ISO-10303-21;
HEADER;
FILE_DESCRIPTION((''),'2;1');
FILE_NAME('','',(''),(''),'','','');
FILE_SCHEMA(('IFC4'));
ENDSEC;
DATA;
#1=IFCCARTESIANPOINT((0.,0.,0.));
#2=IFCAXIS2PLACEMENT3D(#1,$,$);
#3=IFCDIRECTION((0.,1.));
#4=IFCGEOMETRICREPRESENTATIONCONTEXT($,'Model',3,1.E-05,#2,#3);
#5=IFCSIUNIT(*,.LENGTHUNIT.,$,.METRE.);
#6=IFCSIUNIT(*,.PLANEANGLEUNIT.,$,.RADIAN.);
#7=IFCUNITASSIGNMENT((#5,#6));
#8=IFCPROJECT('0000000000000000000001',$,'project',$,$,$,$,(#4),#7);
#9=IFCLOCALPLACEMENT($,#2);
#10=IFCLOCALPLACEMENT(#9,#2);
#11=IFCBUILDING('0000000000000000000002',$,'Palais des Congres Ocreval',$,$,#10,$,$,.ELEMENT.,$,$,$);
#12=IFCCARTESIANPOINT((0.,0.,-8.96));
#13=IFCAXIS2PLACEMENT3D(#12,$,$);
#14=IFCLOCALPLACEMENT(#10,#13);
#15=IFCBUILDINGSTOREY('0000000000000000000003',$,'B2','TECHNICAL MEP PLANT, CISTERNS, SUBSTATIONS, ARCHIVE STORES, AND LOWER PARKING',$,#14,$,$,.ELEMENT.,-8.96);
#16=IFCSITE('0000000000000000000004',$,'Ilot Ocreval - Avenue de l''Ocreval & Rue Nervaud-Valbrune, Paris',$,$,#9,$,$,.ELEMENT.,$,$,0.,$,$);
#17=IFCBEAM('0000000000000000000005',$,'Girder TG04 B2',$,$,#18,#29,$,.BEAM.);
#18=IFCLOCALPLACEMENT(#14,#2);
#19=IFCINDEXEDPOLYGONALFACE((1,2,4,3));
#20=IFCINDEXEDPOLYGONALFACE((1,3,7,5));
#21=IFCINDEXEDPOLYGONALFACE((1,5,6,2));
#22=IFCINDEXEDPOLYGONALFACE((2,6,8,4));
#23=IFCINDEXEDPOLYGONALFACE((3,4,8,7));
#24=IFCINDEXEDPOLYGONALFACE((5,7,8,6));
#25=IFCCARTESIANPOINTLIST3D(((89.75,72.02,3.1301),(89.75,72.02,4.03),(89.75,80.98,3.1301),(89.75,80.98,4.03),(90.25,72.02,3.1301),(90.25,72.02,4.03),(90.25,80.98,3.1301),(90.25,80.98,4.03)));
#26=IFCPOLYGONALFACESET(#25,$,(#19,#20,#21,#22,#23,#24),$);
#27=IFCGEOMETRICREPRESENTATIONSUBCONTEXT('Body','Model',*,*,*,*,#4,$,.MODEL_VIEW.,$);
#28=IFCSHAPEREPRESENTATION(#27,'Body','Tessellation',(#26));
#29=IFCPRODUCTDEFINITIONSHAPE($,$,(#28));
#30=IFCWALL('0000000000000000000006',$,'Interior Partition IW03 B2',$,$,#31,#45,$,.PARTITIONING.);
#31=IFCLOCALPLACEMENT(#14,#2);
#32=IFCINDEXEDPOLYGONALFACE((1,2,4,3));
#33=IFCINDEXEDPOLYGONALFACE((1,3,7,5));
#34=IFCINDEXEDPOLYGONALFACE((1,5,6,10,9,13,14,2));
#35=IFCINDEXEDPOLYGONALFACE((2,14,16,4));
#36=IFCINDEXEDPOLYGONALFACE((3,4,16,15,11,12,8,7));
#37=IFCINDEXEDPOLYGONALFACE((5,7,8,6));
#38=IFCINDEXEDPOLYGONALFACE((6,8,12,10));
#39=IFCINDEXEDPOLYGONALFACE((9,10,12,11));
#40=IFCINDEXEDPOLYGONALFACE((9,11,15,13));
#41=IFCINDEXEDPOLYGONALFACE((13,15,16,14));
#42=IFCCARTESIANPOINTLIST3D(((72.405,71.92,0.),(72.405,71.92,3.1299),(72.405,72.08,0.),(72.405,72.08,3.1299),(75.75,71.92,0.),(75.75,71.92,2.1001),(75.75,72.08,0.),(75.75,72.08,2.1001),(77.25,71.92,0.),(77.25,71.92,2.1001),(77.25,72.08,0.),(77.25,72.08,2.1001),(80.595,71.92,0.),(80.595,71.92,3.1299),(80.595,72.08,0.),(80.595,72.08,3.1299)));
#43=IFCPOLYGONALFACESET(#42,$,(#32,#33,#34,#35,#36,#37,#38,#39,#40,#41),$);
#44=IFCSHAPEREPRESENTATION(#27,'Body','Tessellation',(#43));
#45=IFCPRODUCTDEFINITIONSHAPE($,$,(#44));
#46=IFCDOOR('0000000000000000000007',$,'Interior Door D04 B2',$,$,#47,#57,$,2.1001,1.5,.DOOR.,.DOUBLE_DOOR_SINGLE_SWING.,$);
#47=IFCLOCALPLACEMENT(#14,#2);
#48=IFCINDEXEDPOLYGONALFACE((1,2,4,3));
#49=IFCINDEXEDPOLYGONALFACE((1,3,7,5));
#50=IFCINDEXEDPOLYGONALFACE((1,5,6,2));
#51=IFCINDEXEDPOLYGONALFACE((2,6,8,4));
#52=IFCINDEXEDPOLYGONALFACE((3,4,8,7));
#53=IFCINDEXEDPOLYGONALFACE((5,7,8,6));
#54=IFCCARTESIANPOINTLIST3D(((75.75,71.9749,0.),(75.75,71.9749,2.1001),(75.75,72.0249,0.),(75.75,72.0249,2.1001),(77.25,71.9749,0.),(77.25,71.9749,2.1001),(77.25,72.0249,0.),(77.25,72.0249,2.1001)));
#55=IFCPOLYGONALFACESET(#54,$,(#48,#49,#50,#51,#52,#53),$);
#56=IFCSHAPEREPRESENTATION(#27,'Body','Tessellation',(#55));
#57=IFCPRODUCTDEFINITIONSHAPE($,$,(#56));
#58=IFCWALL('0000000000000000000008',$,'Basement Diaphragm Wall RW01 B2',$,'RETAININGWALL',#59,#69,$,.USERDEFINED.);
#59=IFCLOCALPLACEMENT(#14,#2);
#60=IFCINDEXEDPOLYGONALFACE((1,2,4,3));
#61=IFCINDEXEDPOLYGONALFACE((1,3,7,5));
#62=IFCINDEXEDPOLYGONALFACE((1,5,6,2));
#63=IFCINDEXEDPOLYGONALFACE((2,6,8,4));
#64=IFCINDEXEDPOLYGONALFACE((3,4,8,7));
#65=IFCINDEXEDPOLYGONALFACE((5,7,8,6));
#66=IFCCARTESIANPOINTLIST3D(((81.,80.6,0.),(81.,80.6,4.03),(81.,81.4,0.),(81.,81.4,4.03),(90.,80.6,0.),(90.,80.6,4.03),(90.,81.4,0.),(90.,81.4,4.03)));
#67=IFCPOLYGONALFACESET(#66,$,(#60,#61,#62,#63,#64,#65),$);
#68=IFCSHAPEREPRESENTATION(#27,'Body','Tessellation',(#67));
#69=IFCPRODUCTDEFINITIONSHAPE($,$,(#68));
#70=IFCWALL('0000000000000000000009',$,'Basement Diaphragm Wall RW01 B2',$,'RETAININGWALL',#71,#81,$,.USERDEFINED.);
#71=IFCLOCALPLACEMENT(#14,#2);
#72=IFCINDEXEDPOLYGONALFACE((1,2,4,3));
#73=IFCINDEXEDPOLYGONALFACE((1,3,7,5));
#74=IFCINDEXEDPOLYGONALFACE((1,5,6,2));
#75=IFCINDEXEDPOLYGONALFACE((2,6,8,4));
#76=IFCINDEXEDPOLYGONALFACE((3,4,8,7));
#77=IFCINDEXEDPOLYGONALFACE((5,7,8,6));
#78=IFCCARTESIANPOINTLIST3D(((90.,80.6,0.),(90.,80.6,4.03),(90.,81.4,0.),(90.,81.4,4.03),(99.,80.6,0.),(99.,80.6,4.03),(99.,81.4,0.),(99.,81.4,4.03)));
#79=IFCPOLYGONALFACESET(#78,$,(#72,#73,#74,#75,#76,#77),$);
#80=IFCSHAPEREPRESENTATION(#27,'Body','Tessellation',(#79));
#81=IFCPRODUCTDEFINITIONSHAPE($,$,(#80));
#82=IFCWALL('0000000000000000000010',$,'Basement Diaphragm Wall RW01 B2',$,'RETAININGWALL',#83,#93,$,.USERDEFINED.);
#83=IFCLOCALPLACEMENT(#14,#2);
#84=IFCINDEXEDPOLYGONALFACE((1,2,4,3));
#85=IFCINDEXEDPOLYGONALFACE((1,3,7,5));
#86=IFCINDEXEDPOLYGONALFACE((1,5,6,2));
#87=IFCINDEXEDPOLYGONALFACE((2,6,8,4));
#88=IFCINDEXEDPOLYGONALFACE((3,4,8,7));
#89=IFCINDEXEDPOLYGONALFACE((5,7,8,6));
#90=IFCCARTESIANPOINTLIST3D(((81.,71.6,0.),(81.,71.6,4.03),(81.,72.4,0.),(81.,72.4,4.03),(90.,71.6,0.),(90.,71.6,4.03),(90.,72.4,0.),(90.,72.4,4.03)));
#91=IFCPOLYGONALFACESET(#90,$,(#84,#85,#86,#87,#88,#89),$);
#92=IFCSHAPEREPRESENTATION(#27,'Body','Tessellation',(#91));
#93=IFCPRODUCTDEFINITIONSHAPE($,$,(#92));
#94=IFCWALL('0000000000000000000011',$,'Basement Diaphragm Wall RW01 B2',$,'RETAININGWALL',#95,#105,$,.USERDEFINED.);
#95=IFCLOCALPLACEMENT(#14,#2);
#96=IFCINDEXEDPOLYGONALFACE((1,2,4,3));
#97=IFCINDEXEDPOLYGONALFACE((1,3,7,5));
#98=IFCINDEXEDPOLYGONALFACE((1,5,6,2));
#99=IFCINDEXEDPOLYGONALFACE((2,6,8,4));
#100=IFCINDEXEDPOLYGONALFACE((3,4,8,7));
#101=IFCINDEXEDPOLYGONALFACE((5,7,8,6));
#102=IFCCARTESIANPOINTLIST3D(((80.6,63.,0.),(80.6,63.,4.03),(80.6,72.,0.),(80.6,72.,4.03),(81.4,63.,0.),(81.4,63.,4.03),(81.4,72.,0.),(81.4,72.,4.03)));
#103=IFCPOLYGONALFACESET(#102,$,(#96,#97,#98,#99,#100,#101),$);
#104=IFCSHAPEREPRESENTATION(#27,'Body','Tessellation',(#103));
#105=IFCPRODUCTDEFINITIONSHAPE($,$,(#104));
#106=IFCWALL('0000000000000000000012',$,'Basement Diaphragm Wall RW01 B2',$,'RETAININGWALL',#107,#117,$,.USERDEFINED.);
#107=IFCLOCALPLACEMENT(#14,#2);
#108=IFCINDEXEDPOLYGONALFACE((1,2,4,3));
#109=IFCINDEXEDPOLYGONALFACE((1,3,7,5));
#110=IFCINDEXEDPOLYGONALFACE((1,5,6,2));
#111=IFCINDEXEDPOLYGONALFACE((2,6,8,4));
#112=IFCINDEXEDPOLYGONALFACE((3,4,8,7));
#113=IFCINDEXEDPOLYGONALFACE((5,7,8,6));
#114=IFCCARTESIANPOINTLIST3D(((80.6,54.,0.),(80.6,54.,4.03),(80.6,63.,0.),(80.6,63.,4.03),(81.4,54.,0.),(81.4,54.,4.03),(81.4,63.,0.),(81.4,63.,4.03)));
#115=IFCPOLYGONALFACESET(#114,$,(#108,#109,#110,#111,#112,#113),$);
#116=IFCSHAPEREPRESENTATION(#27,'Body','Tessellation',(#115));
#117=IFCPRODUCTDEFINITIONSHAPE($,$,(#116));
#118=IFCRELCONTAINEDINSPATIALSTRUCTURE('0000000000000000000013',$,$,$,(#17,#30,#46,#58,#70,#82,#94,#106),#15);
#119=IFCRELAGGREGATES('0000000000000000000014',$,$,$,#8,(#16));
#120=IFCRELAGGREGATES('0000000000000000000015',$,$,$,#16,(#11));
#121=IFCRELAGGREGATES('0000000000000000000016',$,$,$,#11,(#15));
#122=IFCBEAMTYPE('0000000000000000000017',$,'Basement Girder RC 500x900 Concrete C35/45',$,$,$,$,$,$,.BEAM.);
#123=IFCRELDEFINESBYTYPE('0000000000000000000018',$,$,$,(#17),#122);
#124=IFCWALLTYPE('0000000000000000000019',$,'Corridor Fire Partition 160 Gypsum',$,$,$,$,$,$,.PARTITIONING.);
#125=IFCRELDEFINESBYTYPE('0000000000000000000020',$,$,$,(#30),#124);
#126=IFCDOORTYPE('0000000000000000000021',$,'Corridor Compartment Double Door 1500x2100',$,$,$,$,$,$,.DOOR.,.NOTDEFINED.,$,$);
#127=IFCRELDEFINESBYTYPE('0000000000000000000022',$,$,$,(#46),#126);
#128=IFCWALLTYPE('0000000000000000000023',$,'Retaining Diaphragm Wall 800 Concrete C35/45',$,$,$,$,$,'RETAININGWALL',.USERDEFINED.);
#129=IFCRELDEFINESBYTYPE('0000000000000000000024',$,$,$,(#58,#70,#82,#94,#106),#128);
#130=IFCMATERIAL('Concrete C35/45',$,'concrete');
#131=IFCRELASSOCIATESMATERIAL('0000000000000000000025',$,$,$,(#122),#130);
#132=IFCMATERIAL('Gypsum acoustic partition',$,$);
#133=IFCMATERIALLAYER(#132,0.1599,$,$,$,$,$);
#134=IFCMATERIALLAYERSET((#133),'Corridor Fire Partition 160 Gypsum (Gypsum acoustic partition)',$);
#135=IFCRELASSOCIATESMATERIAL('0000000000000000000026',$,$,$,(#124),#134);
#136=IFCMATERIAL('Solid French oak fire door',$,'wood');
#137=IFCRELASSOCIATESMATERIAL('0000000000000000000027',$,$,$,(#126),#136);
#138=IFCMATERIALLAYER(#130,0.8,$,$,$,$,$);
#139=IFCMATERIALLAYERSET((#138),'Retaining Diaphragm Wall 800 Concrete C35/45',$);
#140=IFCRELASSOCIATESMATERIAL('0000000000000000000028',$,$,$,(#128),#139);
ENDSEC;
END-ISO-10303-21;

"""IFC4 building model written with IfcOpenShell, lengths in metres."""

from ifc_helpers import new_model, si_unit, direction, frame, frame_2d, origin, origin_2d, place, context, subcontext, project, spatial, rectangle, extrude, material, layer, layer_set, material_profile, profile_set, type_object, element, fill, save


model = new_model("IFC4")

# Units and contexts
model_context = context("Model", 3, precision=1e-05, world=origin(), true_north=direction((0.0, 1.0)))
body_context = subcontext(model_context, "Body", "Model", "MODEL_VIEW")
ifc_project = project(units=[si_unit("LENGTHUNIT", "METRE"), si_unit("PLANEANGLEUNIT", "RADIAN")], contexts=[model_context])

# Site, building, storey
site_placement = place(None, origin())
site = spatial("IfcSite", under=ifc_project, at=site_placement, Name="Ilot Ocreval - Avenue de l'Ocreval & Rue Nervaud-Valbrune, Paris", CompositionType="ELEMENT", RefElevation=0.0)
building_placement = place(site_placement, origin())
building = spatial("IfcBuilding", under=site, at=building_placement, Name="Palais des Congres Ocreval", CompositionType="ELEMENT")
storey_placement = place(building_placement, frame((0.0, 0.0, -8.96)))
storey = spatial("IfcBuildingStorey", under=building, at=storey_placement, Name="B2", Description="TECHNICAL MEP PLANT, CISTERNS, SUBSTATIONS, ARCHIVE STORES, AND LOWER PARKING", CompositionType="ELEMENT", Elevation=-8.96)

# Shared definitions
ifc_material_1 = material(Name="Concrete C35/45", Category="concrete")

# Beam
ifc_material_profile_1 = material_profile(ifc_material_1, rectangle(XDim=0.5, YDim=0.8999, at=origin_2d()), Name="RC 500x900")
ifc_profile_set_1 = profile_set([ifc_material_profile_1], Name="Concrete C35/45")
beam_type = type_object("IfcBeamType", Name="Basement Girder RC 500x900 Concrete C35/45", PredefinedType="BEAM", material=ifc_profile_set_1)
for number, where, z_axis, x_axis, name in (
    (1, (90.0, 72.02, 3.5801), (0.0, 1.0, 0.0), (-1.0, 0.0, 0.0), "Girder TG04 B2"),
):
    element("IfcBeam", number, at=place(storey_placement, frame(where, z_axis=z_axis, x_axis=x_axis)), inside=storey, type_object=beam_type, Name=name, PredefinedType="BEAM", context=body_context, shape_type="SweptSolid", body=[
        extrude(rectangle(XDim=0.5, YDim=0.8999, at=origin_2d()), origin(), (0.0, 0.0, 1.0), 8.96),
    ])

# Wall, opening, door
ifc_material_2 = material(Name="Gypsum acoustic partition")
ifc_layer_1 = layer(ifc_material_2, 0.1599)
ifc_layer_set_1 = layer_set([ifc_layer_1], Name="Corridor Fire Partition 160 Gypsum (Gypsum acoustic partition)")
wall_type_1 = type_object("IfcWallType", Name="Corridor Fire Partition 160 Gypsum", PredefinedType="PARTITIONING", material=ifc_layer_set_1)
wall_placement = place(storey_placement, frame((72.405, 72.0, 0.0), z_axis=(0.0, 0.0, 1.0), x_axis=(1.0, 0.0, 0.0)))
wall = element("IfcWall", 2, at=wall_placement, inside=storey, type_object=wall_type_1, Name="Interior Partition IW03 B2", PredefinedType="PARTITIONING", context=body_context, shape_type="SweptSolid", body=[
    extrude(rectangle(XDim=8.1899, YDim=0.1599, at=frame_2d((4.095, 0.0))), origin(), (0.0, 0.0, 1.0), 3.1299),
])
opening_placement = place(wall_placement, frame((3.345, 0.0, 0.0)))
opening = element("IfcOpeningElement", 3, at=opening_placement, cuts=wall, PredefinedType="OPENING", context=body_context, shape_type="SweptSolid", body=[
    extrude(rectangle(XDim=1.5, YDim=2.1001, at=frame_2d((0.75, 1.05))), frame((0.0, 0.0898, 0.0), z_axis=(0.0, -1.0, 0.0), x_axis=(1.0, 0.0, 0.0)), (0.0, 0.0, 1.0), 0.1799),
])
ifc_material_3 = material(Name="Solid French oak fire door", Category="wood")
door_type = type_object("IfcDoorType", Name="Corridor Compartment Double Door 1500x2100", OperationType="NOTDEFINED", PredefinedType="DOOR", material=ifc_material_3)
door_placement = place(opening_placement, origin())
door = element("IfcDoor", 4, at=door_placement, inside=storey, type_object=door_type, Name="Interior Door D04 B2", OperationType="DOUBLE_DOOR_SINGLE_SWING", OverallHeight=2.1001, OverallWidth=1.5, PredefinedType="DOOR", context=body_context, shape_type="SweptSolid", body=[
    extrude(rectangle(XDim=1.5, YDim=2.1001, at=frame_2d((0.75, 1.05))), frame((0.0, 0.0249, 0.0), z_axis=(0.0, -1.0, 0.0), x_axis=(1.0, 0.0, 0.0)), (0.0, 0.0, 1.0), 0.05),
])
fill(opening, door)

# Walls
ifc_layer_2 = layer(ifc_material_1, 0.8)
ifc_layer_set_2 = layer_set([ifc_layer_2], Name="Retaining Diaphragm Wall 800 Concrete C35/45")
wall_type_2 = type_object("IfcWallType", Name="Retaining Diaphragm Wall 800 Concrete C35/45", ElementType="RETAININGWALL", PredefinedType="USERDEFINED", material=ifc_layer_set_2)
for number, where, z_axis, x_axis, name in (
    (5, (81.0, 81.0, 0.0), (0.0, 0.0, 1.0), (1.0, 0.0, 0.0), "Basement Diaphragm Wall RW01 B2"),
    (6, (90.0, 81.0, 0.0), (0.0, 0.0, 1.0), (1.0, 0.0, 0.0), "Basement Diaphragm Wall RW01 B2"),
    (7, (90.0, 72.0, 0.0), (0.0, 0.0, 1.0), (-1.0, 0.0, 0.0), "Basement Diaphragm Wall RW01 B2"),
    (8, (81.0, 72.0, 0.0), (0.0, 0.0, 1.0), (0.0, -1.0, 0.0), "Basement Diaphragm Wall RW01 B2"),
    (9, (81.0, 63.0, 0.0), (0.0, 0.0, 1.0), (0.0, -1.0, 0.0), "Basement Diaphragm Wall RW01 B2"),
):
    element("IfcWall", number, at=place(storey_placement, frame(where, z_axis=z_axis, x_axis=x_axis)), inside=storey, type_object=wall_type_2, Name=name, ObjectType="RETAININGWALL", PredefinedType="USERDEFINED", context=body_context, shape_type="SweptSolid", body=[
        extrude(rectangle(XDim=9.0, YDim=0.8, at=frame_2d((4.5, 0.0))), origin(), (0.0, 0.0, 1.0), 4.03),
    ])

save(model, "model.ifc")
